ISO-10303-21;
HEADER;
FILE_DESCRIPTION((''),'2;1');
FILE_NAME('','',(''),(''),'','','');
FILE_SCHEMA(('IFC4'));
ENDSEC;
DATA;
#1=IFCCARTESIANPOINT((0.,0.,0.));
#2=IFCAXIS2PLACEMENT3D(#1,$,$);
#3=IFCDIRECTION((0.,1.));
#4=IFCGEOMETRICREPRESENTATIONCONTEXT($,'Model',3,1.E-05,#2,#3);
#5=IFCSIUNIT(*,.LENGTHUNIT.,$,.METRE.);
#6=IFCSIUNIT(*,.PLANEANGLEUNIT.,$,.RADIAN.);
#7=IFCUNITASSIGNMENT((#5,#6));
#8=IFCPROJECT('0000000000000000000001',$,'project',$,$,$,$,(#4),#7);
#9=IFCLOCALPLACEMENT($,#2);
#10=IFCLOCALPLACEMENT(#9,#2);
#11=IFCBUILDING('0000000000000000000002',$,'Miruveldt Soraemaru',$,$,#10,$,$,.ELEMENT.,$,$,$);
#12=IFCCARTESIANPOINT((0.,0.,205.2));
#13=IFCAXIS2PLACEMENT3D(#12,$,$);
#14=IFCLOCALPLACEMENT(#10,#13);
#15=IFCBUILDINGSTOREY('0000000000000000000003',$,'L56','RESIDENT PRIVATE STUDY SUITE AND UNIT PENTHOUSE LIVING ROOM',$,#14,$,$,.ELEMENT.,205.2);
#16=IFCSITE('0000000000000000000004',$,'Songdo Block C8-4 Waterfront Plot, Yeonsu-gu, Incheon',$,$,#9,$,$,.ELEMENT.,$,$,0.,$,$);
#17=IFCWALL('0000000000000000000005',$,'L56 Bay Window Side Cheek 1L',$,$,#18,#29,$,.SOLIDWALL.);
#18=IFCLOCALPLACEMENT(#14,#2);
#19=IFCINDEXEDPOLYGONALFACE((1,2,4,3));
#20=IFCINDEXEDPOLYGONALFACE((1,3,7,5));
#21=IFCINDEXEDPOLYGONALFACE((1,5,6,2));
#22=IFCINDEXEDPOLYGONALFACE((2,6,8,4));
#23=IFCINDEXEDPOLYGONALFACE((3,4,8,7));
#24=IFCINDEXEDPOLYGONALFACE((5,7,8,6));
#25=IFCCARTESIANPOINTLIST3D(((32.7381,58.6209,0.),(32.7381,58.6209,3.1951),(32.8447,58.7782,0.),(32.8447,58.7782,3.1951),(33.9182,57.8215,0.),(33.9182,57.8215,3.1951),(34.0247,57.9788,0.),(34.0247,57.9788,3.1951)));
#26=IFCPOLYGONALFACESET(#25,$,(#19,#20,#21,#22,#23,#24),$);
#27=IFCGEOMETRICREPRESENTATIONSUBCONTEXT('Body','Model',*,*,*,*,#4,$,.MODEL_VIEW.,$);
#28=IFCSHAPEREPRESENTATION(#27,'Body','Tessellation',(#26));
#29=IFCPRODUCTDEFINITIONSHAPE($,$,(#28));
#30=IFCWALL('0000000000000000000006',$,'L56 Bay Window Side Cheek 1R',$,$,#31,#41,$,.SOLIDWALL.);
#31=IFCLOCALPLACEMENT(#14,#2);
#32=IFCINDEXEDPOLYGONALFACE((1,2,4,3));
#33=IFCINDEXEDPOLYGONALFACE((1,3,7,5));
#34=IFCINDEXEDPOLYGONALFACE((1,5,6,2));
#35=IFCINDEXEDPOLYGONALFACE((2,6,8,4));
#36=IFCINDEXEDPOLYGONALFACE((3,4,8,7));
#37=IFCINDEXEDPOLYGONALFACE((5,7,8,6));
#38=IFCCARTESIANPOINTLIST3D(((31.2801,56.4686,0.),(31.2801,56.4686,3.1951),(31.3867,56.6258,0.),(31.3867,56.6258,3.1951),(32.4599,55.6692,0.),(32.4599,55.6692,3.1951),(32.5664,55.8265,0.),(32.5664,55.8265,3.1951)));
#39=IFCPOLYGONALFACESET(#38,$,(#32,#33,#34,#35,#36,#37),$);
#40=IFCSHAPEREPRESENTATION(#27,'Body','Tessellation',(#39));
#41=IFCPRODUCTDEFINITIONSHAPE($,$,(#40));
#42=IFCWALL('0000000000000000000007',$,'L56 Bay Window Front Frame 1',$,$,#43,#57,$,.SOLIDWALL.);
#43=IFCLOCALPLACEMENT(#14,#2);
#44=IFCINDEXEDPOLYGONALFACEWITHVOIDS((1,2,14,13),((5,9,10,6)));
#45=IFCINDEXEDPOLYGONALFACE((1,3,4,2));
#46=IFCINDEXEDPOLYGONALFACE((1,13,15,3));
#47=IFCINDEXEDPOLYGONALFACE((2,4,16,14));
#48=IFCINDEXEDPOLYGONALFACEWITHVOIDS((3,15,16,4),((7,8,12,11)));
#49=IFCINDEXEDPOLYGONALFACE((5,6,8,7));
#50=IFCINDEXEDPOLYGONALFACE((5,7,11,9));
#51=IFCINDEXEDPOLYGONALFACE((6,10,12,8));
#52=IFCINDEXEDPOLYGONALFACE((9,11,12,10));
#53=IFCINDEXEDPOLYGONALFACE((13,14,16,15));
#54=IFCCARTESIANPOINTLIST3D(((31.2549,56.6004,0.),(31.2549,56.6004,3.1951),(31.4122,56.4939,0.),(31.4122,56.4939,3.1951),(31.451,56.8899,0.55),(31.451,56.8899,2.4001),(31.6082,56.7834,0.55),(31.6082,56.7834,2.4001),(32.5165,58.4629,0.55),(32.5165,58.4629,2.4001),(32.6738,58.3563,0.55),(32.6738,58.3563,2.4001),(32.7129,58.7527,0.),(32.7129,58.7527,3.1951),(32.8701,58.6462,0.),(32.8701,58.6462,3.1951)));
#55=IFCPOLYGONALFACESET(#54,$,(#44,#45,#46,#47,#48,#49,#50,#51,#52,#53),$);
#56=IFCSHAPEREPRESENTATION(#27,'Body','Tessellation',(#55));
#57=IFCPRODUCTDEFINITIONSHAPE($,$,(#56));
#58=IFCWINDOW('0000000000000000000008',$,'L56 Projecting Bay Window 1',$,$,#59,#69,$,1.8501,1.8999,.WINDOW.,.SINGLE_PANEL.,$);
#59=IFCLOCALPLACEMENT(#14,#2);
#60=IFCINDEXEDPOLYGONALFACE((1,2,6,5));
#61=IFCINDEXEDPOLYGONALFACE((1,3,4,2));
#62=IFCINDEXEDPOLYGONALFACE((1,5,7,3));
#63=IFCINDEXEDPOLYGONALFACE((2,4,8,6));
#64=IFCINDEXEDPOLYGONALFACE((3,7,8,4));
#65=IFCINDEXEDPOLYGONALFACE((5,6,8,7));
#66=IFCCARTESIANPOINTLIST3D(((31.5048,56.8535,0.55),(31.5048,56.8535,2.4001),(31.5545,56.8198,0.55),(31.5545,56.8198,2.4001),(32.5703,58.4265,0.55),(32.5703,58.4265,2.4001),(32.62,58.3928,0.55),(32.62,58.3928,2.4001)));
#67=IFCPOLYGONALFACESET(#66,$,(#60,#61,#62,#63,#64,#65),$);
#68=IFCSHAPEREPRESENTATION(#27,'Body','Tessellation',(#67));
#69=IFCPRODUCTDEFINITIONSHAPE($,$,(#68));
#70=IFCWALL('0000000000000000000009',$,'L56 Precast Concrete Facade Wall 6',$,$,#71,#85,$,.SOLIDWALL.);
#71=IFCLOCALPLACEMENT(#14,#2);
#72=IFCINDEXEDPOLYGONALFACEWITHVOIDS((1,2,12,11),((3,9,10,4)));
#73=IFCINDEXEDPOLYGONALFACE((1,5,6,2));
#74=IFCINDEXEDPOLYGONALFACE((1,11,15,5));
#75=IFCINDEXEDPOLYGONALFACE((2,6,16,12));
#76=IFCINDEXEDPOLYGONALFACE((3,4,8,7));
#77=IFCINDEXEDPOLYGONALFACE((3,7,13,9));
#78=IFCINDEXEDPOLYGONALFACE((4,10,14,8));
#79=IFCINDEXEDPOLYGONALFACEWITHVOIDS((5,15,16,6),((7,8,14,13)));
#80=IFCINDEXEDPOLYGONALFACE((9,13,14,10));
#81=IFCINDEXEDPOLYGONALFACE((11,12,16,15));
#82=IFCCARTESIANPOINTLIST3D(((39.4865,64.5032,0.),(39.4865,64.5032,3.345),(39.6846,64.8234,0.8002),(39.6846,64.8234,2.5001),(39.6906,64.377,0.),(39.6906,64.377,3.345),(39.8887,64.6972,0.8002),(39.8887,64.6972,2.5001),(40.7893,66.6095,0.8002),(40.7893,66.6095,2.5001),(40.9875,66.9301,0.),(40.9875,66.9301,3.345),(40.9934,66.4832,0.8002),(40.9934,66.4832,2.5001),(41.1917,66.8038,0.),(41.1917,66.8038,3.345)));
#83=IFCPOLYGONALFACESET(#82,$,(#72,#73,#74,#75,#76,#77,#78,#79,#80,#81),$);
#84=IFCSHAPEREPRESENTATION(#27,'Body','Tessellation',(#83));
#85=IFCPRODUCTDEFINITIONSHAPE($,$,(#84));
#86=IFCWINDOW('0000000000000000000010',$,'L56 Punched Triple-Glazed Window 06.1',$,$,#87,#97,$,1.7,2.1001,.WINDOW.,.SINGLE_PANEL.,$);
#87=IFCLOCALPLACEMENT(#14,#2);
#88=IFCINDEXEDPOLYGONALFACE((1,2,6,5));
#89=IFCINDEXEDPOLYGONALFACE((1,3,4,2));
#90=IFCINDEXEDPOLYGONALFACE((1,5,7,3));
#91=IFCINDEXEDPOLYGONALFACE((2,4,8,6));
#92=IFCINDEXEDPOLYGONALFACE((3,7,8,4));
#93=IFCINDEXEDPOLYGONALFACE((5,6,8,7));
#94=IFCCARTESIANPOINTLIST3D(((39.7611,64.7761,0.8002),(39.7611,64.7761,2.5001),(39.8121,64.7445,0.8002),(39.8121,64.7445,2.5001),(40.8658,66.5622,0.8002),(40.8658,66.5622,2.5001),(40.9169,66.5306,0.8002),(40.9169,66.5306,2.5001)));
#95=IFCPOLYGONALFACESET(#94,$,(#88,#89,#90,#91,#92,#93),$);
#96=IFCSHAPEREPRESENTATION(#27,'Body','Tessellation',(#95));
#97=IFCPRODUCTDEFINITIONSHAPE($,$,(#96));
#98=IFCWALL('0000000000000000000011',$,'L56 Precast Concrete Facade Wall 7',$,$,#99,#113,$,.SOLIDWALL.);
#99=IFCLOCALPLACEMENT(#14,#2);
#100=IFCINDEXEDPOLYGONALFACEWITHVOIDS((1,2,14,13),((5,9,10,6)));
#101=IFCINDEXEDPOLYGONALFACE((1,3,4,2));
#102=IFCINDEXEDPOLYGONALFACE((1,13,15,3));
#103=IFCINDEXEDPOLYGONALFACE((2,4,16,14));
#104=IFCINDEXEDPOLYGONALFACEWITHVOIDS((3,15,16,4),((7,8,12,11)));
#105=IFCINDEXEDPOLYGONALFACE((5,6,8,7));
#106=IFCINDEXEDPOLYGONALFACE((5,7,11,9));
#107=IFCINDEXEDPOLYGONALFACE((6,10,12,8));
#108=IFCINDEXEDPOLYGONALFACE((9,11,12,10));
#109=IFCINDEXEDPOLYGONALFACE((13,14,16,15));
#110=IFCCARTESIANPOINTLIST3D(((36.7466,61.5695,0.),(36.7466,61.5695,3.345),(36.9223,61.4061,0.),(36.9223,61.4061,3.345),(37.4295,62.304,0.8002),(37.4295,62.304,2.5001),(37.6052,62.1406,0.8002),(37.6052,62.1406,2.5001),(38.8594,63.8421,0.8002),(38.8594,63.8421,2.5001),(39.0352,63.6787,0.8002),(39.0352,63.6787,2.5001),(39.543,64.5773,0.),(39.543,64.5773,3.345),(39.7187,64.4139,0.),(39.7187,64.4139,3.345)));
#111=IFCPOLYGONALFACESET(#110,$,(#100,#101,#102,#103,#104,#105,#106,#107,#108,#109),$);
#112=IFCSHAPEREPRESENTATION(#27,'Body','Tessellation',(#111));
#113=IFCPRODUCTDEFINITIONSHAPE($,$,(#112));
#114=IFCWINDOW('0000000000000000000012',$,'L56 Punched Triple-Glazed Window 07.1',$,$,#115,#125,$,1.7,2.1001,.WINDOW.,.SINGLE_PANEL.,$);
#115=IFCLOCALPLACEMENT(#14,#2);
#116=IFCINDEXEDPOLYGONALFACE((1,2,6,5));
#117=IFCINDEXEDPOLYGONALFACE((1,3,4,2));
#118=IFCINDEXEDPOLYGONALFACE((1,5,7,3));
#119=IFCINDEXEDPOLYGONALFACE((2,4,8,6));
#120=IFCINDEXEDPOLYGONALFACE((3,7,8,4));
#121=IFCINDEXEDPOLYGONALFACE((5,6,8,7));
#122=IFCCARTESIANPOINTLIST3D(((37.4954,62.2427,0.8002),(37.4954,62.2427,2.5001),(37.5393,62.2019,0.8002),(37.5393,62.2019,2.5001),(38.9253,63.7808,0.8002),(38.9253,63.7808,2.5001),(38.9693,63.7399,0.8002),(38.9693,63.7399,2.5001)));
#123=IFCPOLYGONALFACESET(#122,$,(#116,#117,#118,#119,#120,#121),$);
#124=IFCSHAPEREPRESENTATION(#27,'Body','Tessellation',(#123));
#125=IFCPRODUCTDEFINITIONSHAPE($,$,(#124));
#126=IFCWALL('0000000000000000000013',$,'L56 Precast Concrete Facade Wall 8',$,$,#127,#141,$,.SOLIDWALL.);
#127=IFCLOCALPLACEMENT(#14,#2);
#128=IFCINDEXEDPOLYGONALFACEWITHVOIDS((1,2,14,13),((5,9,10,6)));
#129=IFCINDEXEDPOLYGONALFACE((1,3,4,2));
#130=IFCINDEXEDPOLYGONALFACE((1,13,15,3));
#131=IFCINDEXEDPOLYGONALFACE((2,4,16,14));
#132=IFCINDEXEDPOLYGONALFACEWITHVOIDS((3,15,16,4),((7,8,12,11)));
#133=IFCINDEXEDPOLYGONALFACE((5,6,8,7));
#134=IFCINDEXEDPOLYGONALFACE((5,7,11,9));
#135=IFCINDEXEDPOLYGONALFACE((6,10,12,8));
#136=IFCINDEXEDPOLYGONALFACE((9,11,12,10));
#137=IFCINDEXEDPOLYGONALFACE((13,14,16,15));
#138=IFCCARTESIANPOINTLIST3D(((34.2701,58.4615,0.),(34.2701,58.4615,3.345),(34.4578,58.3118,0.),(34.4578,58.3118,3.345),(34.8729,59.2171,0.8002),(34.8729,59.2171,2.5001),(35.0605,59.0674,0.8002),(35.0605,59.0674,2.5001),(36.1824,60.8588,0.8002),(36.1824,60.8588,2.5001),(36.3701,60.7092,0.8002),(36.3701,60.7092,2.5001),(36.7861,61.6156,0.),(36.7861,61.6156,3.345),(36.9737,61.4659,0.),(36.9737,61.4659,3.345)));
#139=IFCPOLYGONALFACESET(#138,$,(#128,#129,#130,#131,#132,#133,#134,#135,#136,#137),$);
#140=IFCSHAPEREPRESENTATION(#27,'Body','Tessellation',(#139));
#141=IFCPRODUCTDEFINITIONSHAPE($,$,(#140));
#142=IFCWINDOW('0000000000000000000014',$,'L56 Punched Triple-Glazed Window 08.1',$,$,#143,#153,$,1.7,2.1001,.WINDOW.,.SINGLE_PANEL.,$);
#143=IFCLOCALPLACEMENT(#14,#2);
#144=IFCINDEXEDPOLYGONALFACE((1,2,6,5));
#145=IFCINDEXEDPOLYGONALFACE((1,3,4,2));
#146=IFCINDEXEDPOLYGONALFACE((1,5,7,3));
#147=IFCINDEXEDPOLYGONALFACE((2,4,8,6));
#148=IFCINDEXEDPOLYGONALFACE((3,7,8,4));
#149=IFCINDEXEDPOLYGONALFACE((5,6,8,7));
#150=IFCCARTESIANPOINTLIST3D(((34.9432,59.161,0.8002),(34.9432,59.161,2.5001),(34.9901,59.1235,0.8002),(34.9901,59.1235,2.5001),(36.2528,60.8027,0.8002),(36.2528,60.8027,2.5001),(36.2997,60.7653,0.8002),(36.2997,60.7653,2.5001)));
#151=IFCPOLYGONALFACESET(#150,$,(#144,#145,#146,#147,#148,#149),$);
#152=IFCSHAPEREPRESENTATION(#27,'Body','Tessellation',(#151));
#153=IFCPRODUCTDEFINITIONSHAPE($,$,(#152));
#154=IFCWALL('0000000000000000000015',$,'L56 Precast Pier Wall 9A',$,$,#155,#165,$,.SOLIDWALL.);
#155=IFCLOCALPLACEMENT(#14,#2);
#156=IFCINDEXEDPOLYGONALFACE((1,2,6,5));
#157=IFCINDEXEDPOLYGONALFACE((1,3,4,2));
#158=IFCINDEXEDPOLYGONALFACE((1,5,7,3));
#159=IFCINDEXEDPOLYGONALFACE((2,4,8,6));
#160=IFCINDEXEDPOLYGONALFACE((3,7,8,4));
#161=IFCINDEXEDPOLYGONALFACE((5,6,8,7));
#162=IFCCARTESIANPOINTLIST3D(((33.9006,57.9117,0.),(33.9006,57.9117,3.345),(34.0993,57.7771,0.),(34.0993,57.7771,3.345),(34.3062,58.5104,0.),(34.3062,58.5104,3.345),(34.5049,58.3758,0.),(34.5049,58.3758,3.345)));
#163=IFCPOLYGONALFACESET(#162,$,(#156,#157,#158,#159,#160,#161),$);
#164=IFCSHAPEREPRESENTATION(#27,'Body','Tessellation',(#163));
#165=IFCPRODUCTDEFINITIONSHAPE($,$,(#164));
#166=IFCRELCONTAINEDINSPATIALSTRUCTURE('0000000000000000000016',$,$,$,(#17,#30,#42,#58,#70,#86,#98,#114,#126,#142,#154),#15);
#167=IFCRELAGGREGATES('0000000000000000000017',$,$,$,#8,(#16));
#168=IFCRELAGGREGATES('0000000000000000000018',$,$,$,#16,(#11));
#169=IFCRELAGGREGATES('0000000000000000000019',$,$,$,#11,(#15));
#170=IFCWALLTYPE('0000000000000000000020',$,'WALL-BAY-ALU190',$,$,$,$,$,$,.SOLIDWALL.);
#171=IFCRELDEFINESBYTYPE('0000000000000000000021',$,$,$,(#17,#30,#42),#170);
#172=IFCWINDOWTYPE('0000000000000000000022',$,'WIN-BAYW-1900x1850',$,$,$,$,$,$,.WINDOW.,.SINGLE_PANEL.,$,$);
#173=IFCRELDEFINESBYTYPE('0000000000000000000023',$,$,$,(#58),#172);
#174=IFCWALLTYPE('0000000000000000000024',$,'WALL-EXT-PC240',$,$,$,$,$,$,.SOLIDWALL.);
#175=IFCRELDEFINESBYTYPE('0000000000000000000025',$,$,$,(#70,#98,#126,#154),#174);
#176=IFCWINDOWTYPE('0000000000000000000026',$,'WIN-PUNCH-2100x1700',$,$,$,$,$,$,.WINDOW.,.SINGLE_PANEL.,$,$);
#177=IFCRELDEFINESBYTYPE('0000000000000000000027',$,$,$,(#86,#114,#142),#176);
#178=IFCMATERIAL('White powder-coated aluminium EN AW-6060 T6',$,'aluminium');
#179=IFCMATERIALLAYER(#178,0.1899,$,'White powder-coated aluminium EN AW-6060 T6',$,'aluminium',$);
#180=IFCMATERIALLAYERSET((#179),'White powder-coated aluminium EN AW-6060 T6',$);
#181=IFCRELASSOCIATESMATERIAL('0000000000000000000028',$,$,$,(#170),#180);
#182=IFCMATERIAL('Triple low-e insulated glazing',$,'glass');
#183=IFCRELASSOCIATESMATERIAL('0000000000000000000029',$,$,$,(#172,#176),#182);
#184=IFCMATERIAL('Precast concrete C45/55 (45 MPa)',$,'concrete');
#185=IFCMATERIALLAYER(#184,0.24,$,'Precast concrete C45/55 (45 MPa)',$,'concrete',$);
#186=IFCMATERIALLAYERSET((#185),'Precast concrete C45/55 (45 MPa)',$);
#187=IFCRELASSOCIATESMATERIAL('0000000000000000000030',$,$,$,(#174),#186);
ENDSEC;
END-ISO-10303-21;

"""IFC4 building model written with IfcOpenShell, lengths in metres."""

from ifc_helpers import new_model, si_unit, direction, frame, frame_2d, origin, place, context, subcontext, project, spatial, rectangle, extrude, material, layer, layer_set, type_object, element, fill, save


model = new_model("IFC4")

# Units and contexts
model_context = context("Model", 3, precision=1e-05, world=origin(), true_north=direction((0.0, 1.0)))
body_context = subcontext(model_context, "Body", "Model", "MODEL_VIEW")
ifc_project = project(units=[si_unit("LENGTHUNIT", "METRE"), si_unit("PLANEANGLEUNIT", "RADIAN")], contexts=[model_context])

# Site, building, storey
site_placement = place(None, origin())
site = spatial("IfcSite", under=ifc_project, at=site_placement, Name="Songdo Block C8-4 Waterfront Plot, Yeonsu-gu, Incheon", CompositionType="ELEMENT", RefElevation=0.0)
building_placement = place(site_placement, origin())
building = spatial("IfcBuilding", under=site, at=building_placement, Name="Miruveldt Soraemaru", CompositionType="ELEMENT")
storey_placement = place(building_placement, frame((0.0, 0.0, 205.2)))
storey = spatial("IfcBuildingStorey", under=building, at=storey_placement, Name="L56", Description="RESIDENT PRIVATE STUDY SUITE AND UNIT PENTHOUSE LIVING ROOM", CompositionType="ELEMENT", Elevation=205.2)

# Walls
ifc_material_1 = material(Name="White powder-coated aluminium EN AW-6060 T6", Category="aluminium")
ifc_layer_1 = layer(ifc_material_1, 0.1899, Name="White powder-coated aluminium EN AW-6060 T6", Category="aluminium")
ifc_layer_set_1 = layer_set([ifc_layer_1], Name="White powder-coated aluminium EN AW-6060 T6")
wall_type_1 = type_object("IfcWallType", Name="WALL-BAY-ALU190", PredefinedType="SOLIDWALL", material=ifc_layer_set_1)
wall_1_placement = place(storey_placement, frame((33.9714, 57.9001, 0.0), z_axis=(0.0, 0.0, 1.0), x_axis=(-0.827916, 0.560852, 0.0)))
element("IfcWall", 1, at=wall_1_placement, inside=storey, type_object=wall_type_1, Name="L56 Bay Window Side Cheek 1L", PredefinedType="SOLIDWALL", context=body_context, shape_type="SweptSolid", body=[
    extrude(rectangle(XDim=1.4253, YDim=0.1899, at=frame_2d((0.7126, 0.0))), origin(), (0.0, 0.0, 1.0), 3.1951),
])
wall_2_placement = place(storey_placement, frame((31.3335, 56.5471, 0.0), z_axis=(0.0, 0.0, 1.0), x_axis=(0.827862, -0.560931, 0.0)))
element("IfcWall", 2, at=wall_2_placement, inside=storey, type_object=wall_type_1, Name="L56 Bay Window Side Cheek 1R", PredefinedType="SOLIDWALL", context=body_context, shape_type="SweptSolid", body=[
    extrude(rectangle(XDim=1.425, YDim=0.1899, at=frame_2d((0.7124, 0.0))), origin(), (0.0, 0.0, 1.0), 3.1951),
])

# Walls, openings, windows
wall_3_placement = place(storey_placement, frame((32.7915, 58.6995, 0.0), z_axis=(0.0, 0.0, 1.0), x_axis=(-0.56084, -0.827924, 0.0)))
wall_3 = element("IfcWall", 3, at=wall_3_placement, inside=storey, type_object=wall_type_1, Name="L56 Bay Window Front Frame 1", PredefinedType="SOLIDWALL", context=body_context, shape_type="SweptSolid", body=[
    extrude(rectangle(XDim=2.5996, YDim=0.1899, at=frame_2d((1.2998, 0.0))), origin(), (0.0, 0.0, 1.0), 3.1951),
])
opening_1_placement = place(wall_3_placement, frame((0.3501, 0.0, 0.55)))
opening_1 = element("IfcOpeningElement", 4, at=opening_1_placement, cuts=wall_3, PredefinedType="OPENING", context=body_context, shape_type="SweptSolid", body=[
    extrude(rectangle(XDim=1.8999, YDim=1.8501, at=frame_2d((0.95, 0.925))), frame((0.0, 0.105, 0.0), z_axis=(0.0, -1.0, 0.0), x_axis=(1.0, 0.0, 0.0)), (0.0, 0.0, 1.0), 0.21),
])
ifc_material_2 = material(Name="Triple low-e insulated glazing", Category="glass")
window_type_1 = type_object("IfcWindowType", Name="WIN-BAYW-1900x1850", PartitioningType="SINGLE_PANEL", PredefinedType="WINDOW", material=ifc_material_2)
window_1_placement = place(opening_1_placement, origin())
window_1 = element("IfcWindow", 5, at=window_1_placement, inside=storey, type_object=window_type_1, Name="L56 Projecting Bay Window 1", OverallHeight=1.8501, OverallWidth=1.8999, PartitioningType="SINGLE_PANEL", PredefinedType="WINDOW", context=body_context, shape_type="SweptSolid", body=[
    extrude(rectangle(XDim=1.8999, YDim=1.8501, at=frame_2d((0.95, 0.925))), frame((0.0, 0.03, 0.0), z_axis=(0.0, -1.0, 0.0), x_axis=(1.0, 0.0, 0.0)), (0.0, 0.0, 1.0), 0.0601),
])
fill(opening_1, window_1)
ifc_material_3 = material(Name="Precast concrete C45/55 (45 MPa)", Category="concrete")
ifc_layer_2 = layer(ifc_material_3, 0.24, Name="Precast concrete C45/55 (45 MPa)", Category="concrete")
ifc_layer_set_2 = layer_set([ifc_layer_2], Name="Precast concrete C45/55 (45 MPa)")
wall_type_2 = type_object("IfcWallType", Name="WALL-EXT-PC240", PredefinedType="SOLIDWALL", material=ifc_layer_set_2)
wall_4_placement = place(storey_placement, frame((41.0896, 66.8669, 0.0), z_axis=(0.0, 0.0, 1.0), x_axis=(-0.526025, -0.850469, 0.0)))
wall_4 = element("IfcWall", 6, at=wall_4_placement, inside=storey, type_object=wall_type_2, Name="L56 Precast Concrete Facade Wall 6", PredefinedType="SOLIDWALL", context=body_context, shape_type="SweptSolid", body=[
    extrude(rectangle(XDim=2.8535, YDim=0.24, at=frame_2d((1.4268, 0.0))), origin(), (0.0, 0.0, 1.0), 3.345),
])
opening_2_placement = place(wall_4_placement, frame((0.377, 0.0, 0.8)))
opening_2 = element("IfcOpeningElement", 7, at=opening_2_placement, cuts=wall_4, PredefinedType="OPENING", context=body_context, shape_type="SweptSolid", body=[
    extrude(rectangle(XDim=2.1001, YDim=1.7, at=frame_2d((1.05, 0.8501))), frame((0.0, 0.1299, 0.0), z_axis=(0.0, -1.0, 0.0), x_axis=(1.0, 0.0, 0.0)), (0.0, 0.0, 1.0), 0.26),
])
window_type_2 = type_object("IfcWindowType", Name="WIN-PUNCH-2100x1700", PartitioningType="SINGLE_PANEL", PredefinedType="WINDOW", material=ifc_material_2)
window_2_placement = place(opening_2_placement, origin())
window_2 = element("IfcWindow", 8, at=window_2_placement, inside=storey, type_object=window_type_2, Name="L56 Punched Triple-Glazed Window 06.1", OverallHeight=1.7, OverallWidth=2.1001, PartitioningType="SINGLE_PANEL", PredefinedType="WINDOW", context=body_context, shape_type="SweptSolid", body=[
    extrude(rectangle(XDim=2.1001, YDim=1.7, at=frame_2d((1.05, 0.8501))), frame((0.0, 0.03, 0.0), z_axis=(0.0, -1.0, 0.0), x_axis=(1.0, 0.0, 0.0)), (0.0, 0.0, 1.0), 0.0601),
])
fill(opening_2, window_2)
wall_5_placement = place(storey_placement, frame((39.6309, 64.4956, 0.0), z_axis=(0.0, 0.0, 1.0), x_axis=(-0.680898, -0.732378, 0.0)))
wall_5 = element("IfcWall", 9, at=wall_5_placement, inside=storey, type_object=wall_type_2, Name="L56 Precast Concrete Facade Wall 7", PredefinedType="SOLIDWALL", context=body_context, shape_type="SweptSolid", body=[
    extrude(rectangle(XDim=4.1069, YDim=0.24, at=frame_2d((2.0535, 0.0))), origin(), (0.0, 0.0, 1.0), 3.345),
])
opening_3_placement = place(wall_5_placement, frame((1.0039, 0.0, 0.8)))
opening_3 = element("IfcOpeningElement", 10, at=opening_3_placement, cuts=wall_5, PredefinedType="OPENING", context=body_context, shape_type="SweptSolid", body=[
    extrude(rectangle(XDim=2.1001, YDim=1.7, at=frame_2d((1.05, 0.8501))), frame((0.0, 0.1299, 0.0), z_axis=(0.0, -1.0, 0.0), x_axis=(1.0, 0.0, 0.0)), (0.0, 0.0, 1.0), 0.26),
])
window_3_placement = place(opening_3_placement, origin())
window_3 = element("IfcWindow", 11, at=window_3_placement, inside=storey, type_object=window_type_2, Name="L56 Punched Triple-Glazed Window 07.1", OverallHeight=1.7, OverallWidth=2.1001, PartitioningType="SINGLE_PANEL", PredefinedType="WINDOW", context=body_context, shape_type="SweptSolid", body=[
    extrude(rectangle(XDim=2.1001, YDim=1.7, at=frame_2d((1.05, 0.8501))), frame((0.0, 0.03, 0.0), z_axis=(0.0, -1.0, 0.0), x_axis=(1.0, 0.0, 0.0)), (0.0, 0.0, 1.0), 0.0601),
])
fill(opening_3, window_3)
wall_6_placement = place(storey_placement, frame((36.8799, 61.5408, 0.0), z_axis=(0.0, 0.0, 1.0), x_axis=(-0.62358, -0.781759, 0.0)))
wall_6 = element("IfcWall", 12, at=wall_6_placement, inside=storey, type_object=wall_type_2, Name="L56 Precast Concrete Facade Wall 8", PredefinedType="SOLIDWALL", context=body_context, shape_type="SweptSolid", body=[
    extrude(rectangle(XDim=4.0347, YDim=0.24, at=frame_2d((2.0173, 0.0))), origin(), (0.0, 0.0, 1.0), 3.345),
])
opening_4_placement = place(wall_6_placement, frame((0.968, 0.0, 0.8)))
opening_4 = element("IfcOpeningElement", 13, at=opening_4_placement, cuts=wall_6, PredefinedType="OPENING", context=body_context, shape_type="SweptSolid", body=[
    extrude(rectangle(XDim=2.1001, YDim=1.7, at=frame_2d((1.05, 0.8501))), frame((0.0, 0.1299, 0.0), z_axis=(0.0, -1.0, 0.0), x_axis=(1.0, 0.0, 0.0)), (0.0, 0.0, 1.0), 0.26),
])
window_4_placement = place(opening_4_placement, origin())
window_4 = element("IfcWindow", 14, at=window_4_placement, inside=storey, type_object=window_type_2, Name="L56 Punched Triple-Glazed Window 08.1", OverallHeight=1.7, OverallWidth=2.1001, PartitioningType="SINGLE_PANEL", PredefinedType="WINDOW", context=body_context, shape_type="SweptSolid", body=[
    extrude(rectangle(XDim=2.1001, YDim=1.7, at=frame_2d((1.05, 0.8501))), frame((0.0, 0.03, 0.0), z_axis=(0.0, -1.0, 0.0), x_axis=(1.0, 0.0, 0.0)), (0.0, 0.0, 1.0), 0.0601),
])
fill(opening_4, window_4)

# Wall
wall_7_placement = place(storey_placement, frame((34.4055, 58.4431, 0.0), z_axis=(0.0, 0.0, 1.0), x_axis=(-0.560841, -0.827924, 0.0)))
element("IfcWall", 15, at=wall_7_placement, inside=storey, type_object=wall_type_2, Name="L56 Precast Pier Wall 9A", PredefinedType="SOLIDWALL", context=body_context, shape_type="SweptSolid", body=[
    extrude(rectangle(XDim=0.7231, YDim=0.24, at=frame_2d((0.3616, 0.0))), origin(), (0.0, 0.0, 1.0), 3.345),
])

save(model, "model.ifc")
